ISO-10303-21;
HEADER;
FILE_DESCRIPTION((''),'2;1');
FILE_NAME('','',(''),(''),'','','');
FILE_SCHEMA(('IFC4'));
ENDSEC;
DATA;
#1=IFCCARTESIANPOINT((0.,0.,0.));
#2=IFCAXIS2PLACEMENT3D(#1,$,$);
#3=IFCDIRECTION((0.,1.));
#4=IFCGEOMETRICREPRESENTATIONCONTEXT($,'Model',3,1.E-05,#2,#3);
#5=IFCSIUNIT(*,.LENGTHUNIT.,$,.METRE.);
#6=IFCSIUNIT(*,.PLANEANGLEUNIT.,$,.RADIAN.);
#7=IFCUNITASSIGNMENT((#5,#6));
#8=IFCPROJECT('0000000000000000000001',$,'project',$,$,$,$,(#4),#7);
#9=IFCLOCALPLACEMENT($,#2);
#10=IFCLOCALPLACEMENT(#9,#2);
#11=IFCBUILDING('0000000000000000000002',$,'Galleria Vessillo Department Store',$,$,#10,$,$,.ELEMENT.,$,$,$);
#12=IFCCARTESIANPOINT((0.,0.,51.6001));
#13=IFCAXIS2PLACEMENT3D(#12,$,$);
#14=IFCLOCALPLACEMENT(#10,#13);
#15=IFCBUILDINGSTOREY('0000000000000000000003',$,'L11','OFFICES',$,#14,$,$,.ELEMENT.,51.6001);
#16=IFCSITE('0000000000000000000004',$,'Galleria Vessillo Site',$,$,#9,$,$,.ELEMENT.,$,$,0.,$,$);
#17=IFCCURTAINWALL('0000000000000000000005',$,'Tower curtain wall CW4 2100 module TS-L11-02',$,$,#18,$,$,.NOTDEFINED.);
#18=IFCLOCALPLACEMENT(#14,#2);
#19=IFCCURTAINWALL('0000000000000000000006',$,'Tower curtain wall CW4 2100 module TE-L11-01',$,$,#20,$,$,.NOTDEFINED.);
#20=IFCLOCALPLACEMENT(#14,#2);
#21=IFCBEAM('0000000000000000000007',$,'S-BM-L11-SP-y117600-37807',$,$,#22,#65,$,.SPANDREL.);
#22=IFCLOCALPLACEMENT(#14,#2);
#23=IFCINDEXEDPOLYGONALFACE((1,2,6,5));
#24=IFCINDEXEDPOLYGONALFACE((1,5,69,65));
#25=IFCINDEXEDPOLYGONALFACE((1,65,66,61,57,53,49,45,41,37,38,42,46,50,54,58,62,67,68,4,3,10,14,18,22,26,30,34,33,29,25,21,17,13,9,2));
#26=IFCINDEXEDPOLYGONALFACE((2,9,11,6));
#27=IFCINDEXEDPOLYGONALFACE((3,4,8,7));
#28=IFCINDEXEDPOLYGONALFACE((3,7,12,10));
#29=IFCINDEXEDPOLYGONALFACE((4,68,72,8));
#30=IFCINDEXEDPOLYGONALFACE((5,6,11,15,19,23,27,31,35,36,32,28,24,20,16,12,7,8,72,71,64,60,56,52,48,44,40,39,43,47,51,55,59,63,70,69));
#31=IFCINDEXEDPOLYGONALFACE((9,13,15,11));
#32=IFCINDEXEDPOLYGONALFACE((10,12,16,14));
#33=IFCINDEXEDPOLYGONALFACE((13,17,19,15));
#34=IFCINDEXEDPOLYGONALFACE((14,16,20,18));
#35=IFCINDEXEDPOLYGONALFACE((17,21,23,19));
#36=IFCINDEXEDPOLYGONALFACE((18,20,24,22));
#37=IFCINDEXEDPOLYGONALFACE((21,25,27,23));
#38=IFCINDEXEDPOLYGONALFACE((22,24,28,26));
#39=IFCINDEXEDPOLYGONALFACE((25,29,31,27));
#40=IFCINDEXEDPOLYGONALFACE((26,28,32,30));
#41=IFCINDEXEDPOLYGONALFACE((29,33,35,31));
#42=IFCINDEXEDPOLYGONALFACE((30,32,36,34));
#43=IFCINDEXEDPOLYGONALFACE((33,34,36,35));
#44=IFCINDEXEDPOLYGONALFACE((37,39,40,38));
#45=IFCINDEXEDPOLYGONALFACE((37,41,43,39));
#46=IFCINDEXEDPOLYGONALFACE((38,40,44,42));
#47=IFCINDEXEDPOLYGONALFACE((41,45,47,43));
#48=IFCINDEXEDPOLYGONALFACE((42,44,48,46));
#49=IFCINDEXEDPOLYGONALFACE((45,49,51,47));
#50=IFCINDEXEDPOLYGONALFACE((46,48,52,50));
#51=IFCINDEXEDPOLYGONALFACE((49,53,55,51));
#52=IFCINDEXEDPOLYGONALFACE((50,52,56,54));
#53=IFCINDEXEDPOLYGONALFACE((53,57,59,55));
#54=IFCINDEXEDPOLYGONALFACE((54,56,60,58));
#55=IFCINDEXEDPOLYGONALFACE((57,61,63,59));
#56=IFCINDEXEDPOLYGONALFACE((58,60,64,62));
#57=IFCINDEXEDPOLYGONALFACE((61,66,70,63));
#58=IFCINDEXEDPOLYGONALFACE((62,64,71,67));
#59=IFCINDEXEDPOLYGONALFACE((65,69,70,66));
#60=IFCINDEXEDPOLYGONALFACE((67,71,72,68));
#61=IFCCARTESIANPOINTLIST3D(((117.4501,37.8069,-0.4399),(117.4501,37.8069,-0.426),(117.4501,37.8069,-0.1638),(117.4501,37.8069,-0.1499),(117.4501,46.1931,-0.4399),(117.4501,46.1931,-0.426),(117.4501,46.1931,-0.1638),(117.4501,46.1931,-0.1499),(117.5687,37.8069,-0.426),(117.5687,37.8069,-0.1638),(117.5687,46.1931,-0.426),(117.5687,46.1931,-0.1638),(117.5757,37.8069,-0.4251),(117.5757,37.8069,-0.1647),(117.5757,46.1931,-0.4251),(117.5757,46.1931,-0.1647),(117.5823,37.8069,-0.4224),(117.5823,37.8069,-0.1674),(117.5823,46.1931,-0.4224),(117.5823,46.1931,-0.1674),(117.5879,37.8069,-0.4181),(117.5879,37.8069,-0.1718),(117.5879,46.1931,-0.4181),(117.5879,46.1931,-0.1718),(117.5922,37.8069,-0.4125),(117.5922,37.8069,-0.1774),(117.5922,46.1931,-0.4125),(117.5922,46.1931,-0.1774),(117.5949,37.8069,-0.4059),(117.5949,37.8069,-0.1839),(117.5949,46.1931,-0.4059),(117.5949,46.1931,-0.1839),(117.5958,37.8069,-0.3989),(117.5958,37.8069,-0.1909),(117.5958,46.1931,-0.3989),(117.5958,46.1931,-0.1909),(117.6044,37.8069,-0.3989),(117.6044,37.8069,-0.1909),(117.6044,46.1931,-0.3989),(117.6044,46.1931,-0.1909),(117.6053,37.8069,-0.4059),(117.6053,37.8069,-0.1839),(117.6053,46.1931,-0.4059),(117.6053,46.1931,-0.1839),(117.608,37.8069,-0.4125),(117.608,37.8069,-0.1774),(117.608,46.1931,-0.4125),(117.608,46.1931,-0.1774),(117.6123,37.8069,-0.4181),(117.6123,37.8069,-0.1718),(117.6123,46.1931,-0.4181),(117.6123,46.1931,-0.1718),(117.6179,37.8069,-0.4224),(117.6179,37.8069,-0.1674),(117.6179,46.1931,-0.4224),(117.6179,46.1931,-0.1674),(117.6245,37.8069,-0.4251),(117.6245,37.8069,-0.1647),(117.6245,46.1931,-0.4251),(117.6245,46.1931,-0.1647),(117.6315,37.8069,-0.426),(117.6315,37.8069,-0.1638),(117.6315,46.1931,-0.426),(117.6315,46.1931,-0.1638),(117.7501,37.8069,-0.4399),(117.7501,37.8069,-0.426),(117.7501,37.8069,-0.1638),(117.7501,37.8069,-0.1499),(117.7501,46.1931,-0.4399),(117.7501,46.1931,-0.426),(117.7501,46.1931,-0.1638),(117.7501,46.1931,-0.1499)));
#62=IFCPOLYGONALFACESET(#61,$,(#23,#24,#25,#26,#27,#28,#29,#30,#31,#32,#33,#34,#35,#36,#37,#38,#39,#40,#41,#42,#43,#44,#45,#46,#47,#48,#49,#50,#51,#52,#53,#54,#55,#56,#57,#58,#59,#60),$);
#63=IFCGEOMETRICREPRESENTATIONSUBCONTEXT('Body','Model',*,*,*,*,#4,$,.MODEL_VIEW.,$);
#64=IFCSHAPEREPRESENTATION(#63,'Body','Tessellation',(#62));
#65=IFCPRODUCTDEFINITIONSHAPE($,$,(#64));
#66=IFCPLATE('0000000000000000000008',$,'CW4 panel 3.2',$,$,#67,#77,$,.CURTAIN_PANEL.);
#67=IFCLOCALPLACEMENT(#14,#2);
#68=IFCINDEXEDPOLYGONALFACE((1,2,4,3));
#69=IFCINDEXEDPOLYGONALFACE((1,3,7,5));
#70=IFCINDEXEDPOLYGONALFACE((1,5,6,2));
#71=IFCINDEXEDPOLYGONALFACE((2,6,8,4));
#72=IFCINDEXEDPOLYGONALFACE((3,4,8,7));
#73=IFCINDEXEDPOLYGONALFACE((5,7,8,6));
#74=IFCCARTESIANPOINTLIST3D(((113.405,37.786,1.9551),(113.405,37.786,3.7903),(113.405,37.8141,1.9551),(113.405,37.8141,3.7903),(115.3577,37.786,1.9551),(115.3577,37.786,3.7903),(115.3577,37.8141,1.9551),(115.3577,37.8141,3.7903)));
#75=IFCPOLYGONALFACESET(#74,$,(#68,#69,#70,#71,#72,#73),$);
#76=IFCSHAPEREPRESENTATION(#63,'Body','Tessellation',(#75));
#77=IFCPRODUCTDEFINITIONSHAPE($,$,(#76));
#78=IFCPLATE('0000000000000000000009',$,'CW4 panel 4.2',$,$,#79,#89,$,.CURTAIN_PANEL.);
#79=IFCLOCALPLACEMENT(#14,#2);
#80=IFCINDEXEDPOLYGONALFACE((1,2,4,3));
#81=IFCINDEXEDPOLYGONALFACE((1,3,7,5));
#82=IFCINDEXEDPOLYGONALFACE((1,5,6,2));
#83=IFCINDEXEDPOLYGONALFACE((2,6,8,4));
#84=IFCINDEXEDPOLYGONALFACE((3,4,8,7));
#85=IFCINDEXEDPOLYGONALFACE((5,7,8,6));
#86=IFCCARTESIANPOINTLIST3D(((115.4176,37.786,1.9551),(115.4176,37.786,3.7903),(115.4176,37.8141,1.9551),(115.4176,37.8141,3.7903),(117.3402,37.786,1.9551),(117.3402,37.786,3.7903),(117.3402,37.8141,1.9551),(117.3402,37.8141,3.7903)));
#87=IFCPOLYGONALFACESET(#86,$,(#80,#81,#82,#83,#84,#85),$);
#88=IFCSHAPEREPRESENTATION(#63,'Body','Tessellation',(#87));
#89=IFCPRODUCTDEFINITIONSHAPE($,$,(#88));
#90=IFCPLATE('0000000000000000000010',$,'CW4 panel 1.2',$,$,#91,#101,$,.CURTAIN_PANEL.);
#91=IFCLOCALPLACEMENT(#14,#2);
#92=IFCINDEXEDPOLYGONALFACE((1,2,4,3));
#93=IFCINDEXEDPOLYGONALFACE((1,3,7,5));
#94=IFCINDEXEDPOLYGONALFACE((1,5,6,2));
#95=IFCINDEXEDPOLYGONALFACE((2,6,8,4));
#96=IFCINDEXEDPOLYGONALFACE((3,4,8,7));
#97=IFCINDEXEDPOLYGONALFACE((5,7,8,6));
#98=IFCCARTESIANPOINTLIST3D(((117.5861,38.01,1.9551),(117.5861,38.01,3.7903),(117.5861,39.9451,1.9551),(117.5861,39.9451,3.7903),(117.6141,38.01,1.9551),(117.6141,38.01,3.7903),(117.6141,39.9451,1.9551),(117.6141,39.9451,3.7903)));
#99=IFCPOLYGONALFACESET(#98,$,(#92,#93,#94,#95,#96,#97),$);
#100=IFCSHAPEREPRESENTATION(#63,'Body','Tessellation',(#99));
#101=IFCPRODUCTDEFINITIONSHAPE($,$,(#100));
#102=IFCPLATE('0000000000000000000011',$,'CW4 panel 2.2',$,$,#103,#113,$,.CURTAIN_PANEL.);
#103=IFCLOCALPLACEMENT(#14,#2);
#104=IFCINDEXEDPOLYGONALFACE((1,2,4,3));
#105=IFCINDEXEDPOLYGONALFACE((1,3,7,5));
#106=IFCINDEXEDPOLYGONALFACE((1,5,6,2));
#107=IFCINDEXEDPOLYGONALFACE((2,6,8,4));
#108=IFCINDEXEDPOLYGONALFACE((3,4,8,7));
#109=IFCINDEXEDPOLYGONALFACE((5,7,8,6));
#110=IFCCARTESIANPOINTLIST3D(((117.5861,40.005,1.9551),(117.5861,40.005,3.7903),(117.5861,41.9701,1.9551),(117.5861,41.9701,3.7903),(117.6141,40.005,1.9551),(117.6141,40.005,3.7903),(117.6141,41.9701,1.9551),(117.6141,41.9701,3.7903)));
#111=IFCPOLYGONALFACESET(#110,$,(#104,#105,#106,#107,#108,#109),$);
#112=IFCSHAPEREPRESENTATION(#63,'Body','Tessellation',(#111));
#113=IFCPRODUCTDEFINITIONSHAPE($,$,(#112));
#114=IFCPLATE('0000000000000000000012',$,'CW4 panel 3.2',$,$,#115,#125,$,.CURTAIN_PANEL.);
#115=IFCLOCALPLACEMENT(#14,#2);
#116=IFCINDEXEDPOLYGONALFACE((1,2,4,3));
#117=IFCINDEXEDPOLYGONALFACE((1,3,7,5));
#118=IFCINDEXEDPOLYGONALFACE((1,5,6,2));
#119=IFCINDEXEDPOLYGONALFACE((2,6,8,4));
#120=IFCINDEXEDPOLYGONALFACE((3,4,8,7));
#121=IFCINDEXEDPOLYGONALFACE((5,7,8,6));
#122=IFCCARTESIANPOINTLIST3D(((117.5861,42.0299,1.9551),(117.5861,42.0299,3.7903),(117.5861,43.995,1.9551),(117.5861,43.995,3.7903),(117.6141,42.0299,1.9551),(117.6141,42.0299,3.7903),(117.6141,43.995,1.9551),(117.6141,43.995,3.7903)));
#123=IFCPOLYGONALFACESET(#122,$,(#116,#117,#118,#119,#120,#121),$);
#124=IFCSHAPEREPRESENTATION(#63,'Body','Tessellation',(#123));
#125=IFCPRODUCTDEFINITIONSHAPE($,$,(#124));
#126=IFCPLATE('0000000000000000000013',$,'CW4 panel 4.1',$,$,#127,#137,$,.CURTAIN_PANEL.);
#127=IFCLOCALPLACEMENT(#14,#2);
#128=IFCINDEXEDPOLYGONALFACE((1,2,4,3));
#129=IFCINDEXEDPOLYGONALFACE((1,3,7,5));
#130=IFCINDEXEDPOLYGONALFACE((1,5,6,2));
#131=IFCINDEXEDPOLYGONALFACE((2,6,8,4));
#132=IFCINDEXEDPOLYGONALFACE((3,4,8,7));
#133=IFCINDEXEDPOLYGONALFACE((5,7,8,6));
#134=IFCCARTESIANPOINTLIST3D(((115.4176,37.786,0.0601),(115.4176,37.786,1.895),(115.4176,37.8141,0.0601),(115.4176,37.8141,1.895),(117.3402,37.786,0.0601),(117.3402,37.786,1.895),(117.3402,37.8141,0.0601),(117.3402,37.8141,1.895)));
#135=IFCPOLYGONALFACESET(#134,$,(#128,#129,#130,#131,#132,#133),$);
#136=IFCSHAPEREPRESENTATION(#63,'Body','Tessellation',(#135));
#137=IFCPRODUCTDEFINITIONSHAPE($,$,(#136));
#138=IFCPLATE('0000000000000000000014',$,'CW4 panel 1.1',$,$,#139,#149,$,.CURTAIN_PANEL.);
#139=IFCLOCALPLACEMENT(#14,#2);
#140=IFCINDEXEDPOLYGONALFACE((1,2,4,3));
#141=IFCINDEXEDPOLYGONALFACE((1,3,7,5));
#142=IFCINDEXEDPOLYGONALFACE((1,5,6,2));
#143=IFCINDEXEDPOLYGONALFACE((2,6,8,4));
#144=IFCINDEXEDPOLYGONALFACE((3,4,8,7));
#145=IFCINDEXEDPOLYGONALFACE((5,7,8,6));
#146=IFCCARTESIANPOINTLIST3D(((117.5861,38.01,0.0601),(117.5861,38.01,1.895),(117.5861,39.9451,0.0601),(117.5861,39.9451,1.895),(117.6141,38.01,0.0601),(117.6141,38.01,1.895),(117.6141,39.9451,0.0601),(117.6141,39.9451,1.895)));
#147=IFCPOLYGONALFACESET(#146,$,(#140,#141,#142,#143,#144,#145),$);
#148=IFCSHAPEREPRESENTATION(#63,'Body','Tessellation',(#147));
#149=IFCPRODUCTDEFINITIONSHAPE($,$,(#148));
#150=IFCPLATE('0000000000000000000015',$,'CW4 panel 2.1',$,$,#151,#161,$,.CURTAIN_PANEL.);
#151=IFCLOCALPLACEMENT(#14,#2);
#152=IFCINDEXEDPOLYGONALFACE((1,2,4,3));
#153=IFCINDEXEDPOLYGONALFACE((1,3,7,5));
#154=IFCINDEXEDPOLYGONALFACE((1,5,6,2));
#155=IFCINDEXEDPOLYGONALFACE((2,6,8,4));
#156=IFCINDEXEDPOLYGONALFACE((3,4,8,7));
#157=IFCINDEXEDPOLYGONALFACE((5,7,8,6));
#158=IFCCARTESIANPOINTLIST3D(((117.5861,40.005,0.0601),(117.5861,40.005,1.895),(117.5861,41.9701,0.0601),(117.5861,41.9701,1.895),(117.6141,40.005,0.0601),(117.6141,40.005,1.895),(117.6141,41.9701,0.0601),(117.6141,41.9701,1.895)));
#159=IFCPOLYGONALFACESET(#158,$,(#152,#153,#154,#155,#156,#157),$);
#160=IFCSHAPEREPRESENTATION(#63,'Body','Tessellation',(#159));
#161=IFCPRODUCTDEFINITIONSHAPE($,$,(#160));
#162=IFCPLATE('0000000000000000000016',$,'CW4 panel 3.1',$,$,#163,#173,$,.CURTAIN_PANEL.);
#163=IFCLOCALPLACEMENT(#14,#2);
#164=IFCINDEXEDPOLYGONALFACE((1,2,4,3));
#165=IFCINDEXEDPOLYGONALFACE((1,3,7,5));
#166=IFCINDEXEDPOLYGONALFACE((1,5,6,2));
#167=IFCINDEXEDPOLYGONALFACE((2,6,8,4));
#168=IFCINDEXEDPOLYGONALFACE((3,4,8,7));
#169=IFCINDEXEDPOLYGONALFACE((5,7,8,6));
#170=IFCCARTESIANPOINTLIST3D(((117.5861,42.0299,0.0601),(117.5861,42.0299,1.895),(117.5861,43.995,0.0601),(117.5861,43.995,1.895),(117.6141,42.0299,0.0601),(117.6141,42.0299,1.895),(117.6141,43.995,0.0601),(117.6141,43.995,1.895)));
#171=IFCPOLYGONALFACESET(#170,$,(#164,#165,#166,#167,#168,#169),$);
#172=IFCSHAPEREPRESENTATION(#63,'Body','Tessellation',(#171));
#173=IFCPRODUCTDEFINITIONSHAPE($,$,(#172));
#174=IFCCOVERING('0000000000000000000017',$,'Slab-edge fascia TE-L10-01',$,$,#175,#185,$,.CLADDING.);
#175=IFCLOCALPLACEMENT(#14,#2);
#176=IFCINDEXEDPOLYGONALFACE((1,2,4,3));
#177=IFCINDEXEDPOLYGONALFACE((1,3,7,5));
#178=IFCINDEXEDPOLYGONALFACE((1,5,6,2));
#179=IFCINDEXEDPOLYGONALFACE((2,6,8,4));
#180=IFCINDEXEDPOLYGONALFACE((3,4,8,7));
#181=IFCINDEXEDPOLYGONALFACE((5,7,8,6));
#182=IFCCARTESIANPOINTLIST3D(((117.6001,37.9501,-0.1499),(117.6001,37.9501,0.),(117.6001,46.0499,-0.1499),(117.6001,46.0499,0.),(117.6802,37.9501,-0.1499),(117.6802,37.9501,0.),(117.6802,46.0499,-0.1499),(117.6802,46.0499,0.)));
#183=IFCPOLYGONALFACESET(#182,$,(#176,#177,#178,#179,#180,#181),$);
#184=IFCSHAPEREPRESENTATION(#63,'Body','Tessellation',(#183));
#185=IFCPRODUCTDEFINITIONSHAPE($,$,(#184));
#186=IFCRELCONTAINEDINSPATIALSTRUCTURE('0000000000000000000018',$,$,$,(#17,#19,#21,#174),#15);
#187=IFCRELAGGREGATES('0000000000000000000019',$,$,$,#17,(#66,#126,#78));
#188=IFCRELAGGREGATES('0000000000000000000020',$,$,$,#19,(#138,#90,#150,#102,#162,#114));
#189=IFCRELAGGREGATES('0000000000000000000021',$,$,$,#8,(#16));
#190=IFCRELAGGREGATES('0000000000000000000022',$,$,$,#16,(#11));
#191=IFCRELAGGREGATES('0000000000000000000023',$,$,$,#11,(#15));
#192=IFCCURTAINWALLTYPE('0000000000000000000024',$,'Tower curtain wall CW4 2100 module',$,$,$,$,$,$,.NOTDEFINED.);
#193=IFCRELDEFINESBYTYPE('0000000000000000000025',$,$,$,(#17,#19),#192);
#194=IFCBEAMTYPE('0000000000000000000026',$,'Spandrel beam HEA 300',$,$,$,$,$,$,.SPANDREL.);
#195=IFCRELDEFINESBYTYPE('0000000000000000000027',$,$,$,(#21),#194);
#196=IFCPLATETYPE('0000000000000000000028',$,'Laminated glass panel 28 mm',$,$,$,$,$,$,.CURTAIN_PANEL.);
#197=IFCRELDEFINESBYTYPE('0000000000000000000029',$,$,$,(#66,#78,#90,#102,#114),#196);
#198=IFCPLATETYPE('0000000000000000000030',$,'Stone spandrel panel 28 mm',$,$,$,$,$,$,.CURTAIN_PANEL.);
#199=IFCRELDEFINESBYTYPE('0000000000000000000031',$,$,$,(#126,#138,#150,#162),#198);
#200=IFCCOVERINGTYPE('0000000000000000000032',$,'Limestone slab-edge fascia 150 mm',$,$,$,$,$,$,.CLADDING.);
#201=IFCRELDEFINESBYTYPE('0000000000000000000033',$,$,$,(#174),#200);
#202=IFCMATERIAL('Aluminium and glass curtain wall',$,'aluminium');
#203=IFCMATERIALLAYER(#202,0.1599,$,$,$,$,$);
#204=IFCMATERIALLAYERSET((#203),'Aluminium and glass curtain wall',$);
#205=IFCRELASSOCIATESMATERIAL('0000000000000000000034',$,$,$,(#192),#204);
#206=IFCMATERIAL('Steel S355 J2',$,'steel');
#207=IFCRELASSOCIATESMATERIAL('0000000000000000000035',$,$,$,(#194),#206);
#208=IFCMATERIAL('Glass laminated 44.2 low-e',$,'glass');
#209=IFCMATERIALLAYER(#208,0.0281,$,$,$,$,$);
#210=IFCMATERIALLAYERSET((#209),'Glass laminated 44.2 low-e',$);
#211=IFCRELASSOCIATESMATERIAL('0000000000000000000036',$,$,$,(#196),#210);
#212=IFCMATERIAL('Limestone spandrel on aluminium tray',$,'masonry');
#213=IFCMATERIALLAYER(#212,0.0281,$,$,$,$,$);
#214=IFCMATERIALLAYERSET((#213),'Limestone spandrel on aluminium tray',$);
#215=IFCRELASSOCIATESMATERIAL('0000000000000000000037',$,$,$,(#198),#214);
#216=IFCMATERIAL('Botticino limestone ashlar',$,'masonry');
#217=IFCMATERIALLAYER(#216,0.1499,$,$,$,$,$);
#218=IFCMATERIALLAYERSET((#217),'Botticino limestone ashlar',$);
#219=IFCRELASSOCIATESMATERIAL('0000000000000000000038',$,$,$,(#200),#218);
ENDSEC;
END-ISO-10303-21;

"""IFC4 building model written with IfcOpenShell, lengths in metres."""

from ifc_helpers import new_model, si_unit, direction, frame, origin, origin_2d, place, context, subcontext, project, spatial, rectangle, i_section, extrude, material, layer, layer_set, material_profile, profile_set, type_object, element, aggregate, save


model = new_model("IFC4")

# Units and contexts
model_context = context("Model", 3, precision=1e-05, world=origin(), true_north=direction((0.0, 1.0)))
body_context = subcontext(model_context, "Body", "Model", "MODEL_VIEW")
ifc_project = project(units=[si_unit("LENGTHUNIT", "METRE"), si_unit("PLANEANGLEUNIT", "RADIAN")], contexts=[model_context])

# Site, building, storey
site_placement = place(None, origin())
site = spatial("IfcSite", under=ifc_project, at=site_placement, Name="Galleria Vessillo Site", CompositionType="ELEMENT", RefElevation=0.0)
building_placement = place(site_placement, origin())
building = spatial("IfcBuilding", under=site, at=building_placement, Name="Galleria Vessillo Department Store", CompositionType="ELEMENT")
storey_placement = place(building_placement, frame((0.0, 0.0, 51.6001)))
storey = spatial("IfcBuildingStorey", under=building, at=storey_placement, Name="L11", Description="OFFICES", CompositionType="ELEMENT", Elevation=51.6001)

# Curtain walls
ifc_material_1 = material(Name="Aluminium and glass curtain wall", Category="aluminium")
ifc_layer_1 = layer(ifc_material_1, 0.1599)
ifc_layer_set_1 = layer_set([ifc_layer_1], Name="Aluminium and glass curtain wall")
curtain_wall_type = type_object("IfcCurtainWallType", Name="Tower curtain wall CW4 2100 module", PredefinedType="NOTDEFINED", material=ifc_layer_set_1)
curtain_wall_1_placement = place(storey_placement, origin())
curtain_wall_1 = element("IfcCurtainWall", 1, at=curtain_wall_1_placement, inside=storey, type_object=curtain_wall_type, Name="Tower curtain wall CW4 2100 module TS-L11-02", PredefinedType="NOTDEFINED")
curtain_wall_2_placement = place(storey_placement, origin())
curtain_wall_2 = element("IfcCurtainWall", 2, at=curtain_wall_2_placement, inside=storey, type_object=curtain_wall_type, Name="Tower curtain wall CW4 2100 module TE-L11-01", PredefinedType="NOTDEFINED")

# Beam
ifc_material_2 = material(Name="Steel S355 J2", Category="steel")
ifc_material_profile_1 = material_profile(ifc_material_2, i_section(OverallWidth=0.3, OverallDepth=0.29, WebThickness=0.0085, FlangeThickness=0.0139, FilletRadius=0.0271, at=origin_2d()), Name="HEA 300")
ifc_profile_set_1 = profile_set([ifc_material_profile_1], Name="Steel S355 J2")
beam_type_1 = type_object("IfcBeamType", Name="Spandrel beam HEA 300", PredefinedType="SPANDREL", material=ifc_profile_set_1)
beam_1_placement = place(storey_placement, frame((117.6001, 37.8069, -0.2949), z_axis=(0.0, 1.0, 0.0), x_axis=(-1.0, 0.0, 0.0)))
element("IfcBeam", 3, at=beam_1_placement, inside=storey, type_object=beam_type_1, Name="S-BM-L11-SP-y117600-37807", PredefinedType="SPANDREL", context=body_context, shape_type="SweptSolid", body=[
    extrude(i_section(OverallWidth=0.3, OverallDepth=0.29, WebThickness=0.0085, FlangeThickness=0.0139, FilletRadius=0.0271, at=origin_2d()), origin(), (0.0, 0.0, 1.0), 8.3862),
])

# Plates
ifc_material_3 = material(Name="Glass laminated 44.2 low-e", Category="glass")
ifc_layer_2 = layer(ifc_material_3, 0.0281)
ifc_layer_set_2 = layer_set([ifc_layer_2], Name="Glass laminated 44.2 low-e")
plate_type_1 = type_object("IfcPlateType", Name="Laminated glass panel 28 mm", PredefinedType="CURTAIN_PANEL", material=ifc_layer_set_2)
plate_1_placement = place(storey_placement, frame((114.3813, 37.8, 1.9551), z_axis=(0.0, 0.0, 1.0), x_axis=(1.0, 0.0, 0.0)))
plate_1 = element("IfcPlate", 4, at=plate_1_placement, type_object=plate_type_1, Name="CW4 panel 3.2", PredefinedType="CURTAIN_PANEL", context=body_context, shape_type="SweptSolid", body=[
    extrude(rectangle(XDim=1.9526, YDim=0.0281, at=origin_2d()), origin(), (0.0, 0.0, 1.0), 1.8352),
])
plate_2_placement = place(storey_placement, frame((116.3789, 37.8, 1.9551), z_axis=(0.0, 0.0, 1.0), x_axis=(1.0, 0.0, 0.0)))
plate_2 = element("IfcPlate", 5, at=plate_2_placement, type_object=plate_type_1, Name="CW4 panel 4.2", PredefinedType="CURTAIN_PANEL", context=body_context, shape_type="SweptSolid", body=[
    extrude(rectangle(XDim=1.9226, YDim=0.0281, at=origin_2d()), origin(), (0.0, 0.0, 1.0), 1.8352),
])
plate_3_placement = place(storey_placement, frame((117.6001, 38.9775, 1.9551), z_axis=(0.0, 0.0, 1.0), x_axis=(0.0, 1.0, 0.0)))
plate_3 = element("IfcPlate", 6, at=plate_3_placement, type_object=plate_type_1, Name="CW4 panel 1.2", PredefinedType="CURTAIN_PANEL", context=body_context, shape_type="SweptSolid", body=[
    extrude(rectangle(XDim=1.9351, YDim=0.0281, at=origin_2d()), origin(), (0.0, 0.0, 1.0), 1.8352),
])
plate_4_placement = place(storey_placement, frame((117.6001, 40.9875, 1.9551), z_axis=(0.0, 0.0, 1.0), x_axis=(0.0, 1.0, 0.0)))
plate_4 = element("IfcPlate", 7, at=plate_4_placement, type_object=plate_type_1, Name="CW4 panel 2.2", PredefinedType="CURTAIN_PANEL", context=body_context, shape_type="SweptSolid", body=[
    extrude(rectangle(XDim=1.9651, YDim=0.0281, at=origin_2d()), origin(), (0.0, 0.0, 1.0), 1.8352),
])
plate_5_placement = place(storey_placement, frame((117.6001, 43.0125, 1.9551), z_axis=(0.0, 0.0, 1.0), x_axis=(0.0, 1.0, 0.0)))
plate_5 = element("IfcPlate", 8, at=plate_5_placement, type_object=plate_type_1, Name="CW4 panel 3.2", PredefinedType="CURTAIN_PANEL", context=body_context, shape_type="SweptSolid", body=[
    extrude(rectangle(XDim=1.9651, YDim=0.0281, at=origin_2d()), origin(), (0.0, 0.0, 1.0), 1.8352),
])
ifc_material_4 = material(Name="Limestone spandrel on aluminium tray", Category="masonry")
ifc_layer_3 = layer(ifc_material_4, 0.0281)
ifc_layer_set_3 = layer_set([ifc_layer_3], Name="Limestone spandrel on aluminium tray")
plate_type_2 = type_object("IfcPlateType", Name="Stone spandrel panel 28 mm", PredefinedType="CURTAIN_PANEL", material=ifc_layer_set_3)
plate_6_placement = place(storey_placement, frame((116.3789, 37.8, 0.0601), z_axis=(0.0, 0.0, 1.0), x_axis=(1.0, 0.0, 0.0)))
plate_6 = element("IfcPlate", 9, at=plate_6_placement, type_object=plate_type_2, Name="CW4 panel 4.1", PredefinedType="CURTAIN_PANEL", context=body_context, shape_type="SweptSolid", body=[
    extrude(rectangle(XDim=1.9226, YDim=0.0281, at=origin_2d()), origin(), (0.0, 0.0, 1.0), 1.835),
])
aggregate(curtain_wall_1, [plate_1, plate_6, plate_2])
plate_7_placement = place(storey_placement, frame((117.6001, 38.9775, 0.0601), z_axis=(0.0, 0.0, 1.0), x_axis=(0.0, 1.0, 0.0)))
plate_7 = element("IfcPlate", 10, at=plate_7_placement, type_object=plate_type_2, Name="CW4 panel 1.1", PredefinedType="CURTAIN_PANEL", context=body_context, shape_type="SweptSolid", body=[
    extrude(rectangle(XDim=1.9351, YDim=0.0281, at=origin_2d()), origin(), (0.0, 0.0, 1.0), 1.835),
])
plate_8_placement = place(storey_placement, frame((117.6001, 40.9875, 0.0601), z_axis=(0.0, 0.0, 1.0), x_axis=(0.0, 1.0, 0.0)))
plate_8 = element("IfcPlate", 11, at=plate_8_placement, type_object=plate_type_2, Name="CW4 panel 2.1", PredefinedType="CURTAIN_PANEL", context=body_context, shape_type="SweptSolid", body=[
    extrude(rectangle(XDim=1.9651, YDim=0.0281, at=origin_2d()), origin(), (0.0, 0.0, 1.0), 1.835),
])
plate_9_placement = place(storey_placement, frame((117.6001, 43.0125, 0.0601), z_axis=(0.0, 0.0, 1.0), x_axis=(0.0, 1.0, 0.0)))
plate_9 = element("IfcPlate", 12, at=plate_9_placement, type_object=plate_type_2, Name="CW4 panel 3.1", PredefinedType="CURTAIN_PANEL", context=body_context, shape_type="SweptSolid", body=[
    extrude(rectangle(XDim=1.9651, YDim=0.0281, at=origin_2d()), origin(), (0.0, 0.0, 1.0), 1.835),
])
aggregate(curtain_wall_2, [plate_7, plate_3, plate_8, plate_4, plate_9, plate_5])

# Covering
ifc_material_5 = material(Name="Botticino limestone ashlar", Category="masonry")
ifc_layer_4 = layer(ifc_material_5, 0.1499)
ifc_layer_set_4 = layer_set([ifc_layer_4], Name="Botticino limestone ashlar")
covering_type_1 = type_object("IfcCoveringType", Name="Limestone slab-edge fascia 150 mm", PredefinedType="CLADDING", material=ifc_layer_set_4)
covering_1_placement = place(storey_placement, frame((117.6401, 42.0, -0.1499), z_axis=(0.0, 0.0, 1.0), x_axis=(1.0, 0.0, 0.0)))
element("IfcCovering", 13, at=covering_1_placement, inside=storey, type_object=covering_type_1, Name="Slab-edge fascia TE-L10-01", PredefinedType="CLADDING", context=body_context, shape_type="SweptSolid", body=[
    extrude(rectangle(XDim=0.0801, YDim=8.0999, at=origin_2d()), origin(), (0.0, 0.0, 1.0), 0.1499),
])

save(model, "model.ifc")
